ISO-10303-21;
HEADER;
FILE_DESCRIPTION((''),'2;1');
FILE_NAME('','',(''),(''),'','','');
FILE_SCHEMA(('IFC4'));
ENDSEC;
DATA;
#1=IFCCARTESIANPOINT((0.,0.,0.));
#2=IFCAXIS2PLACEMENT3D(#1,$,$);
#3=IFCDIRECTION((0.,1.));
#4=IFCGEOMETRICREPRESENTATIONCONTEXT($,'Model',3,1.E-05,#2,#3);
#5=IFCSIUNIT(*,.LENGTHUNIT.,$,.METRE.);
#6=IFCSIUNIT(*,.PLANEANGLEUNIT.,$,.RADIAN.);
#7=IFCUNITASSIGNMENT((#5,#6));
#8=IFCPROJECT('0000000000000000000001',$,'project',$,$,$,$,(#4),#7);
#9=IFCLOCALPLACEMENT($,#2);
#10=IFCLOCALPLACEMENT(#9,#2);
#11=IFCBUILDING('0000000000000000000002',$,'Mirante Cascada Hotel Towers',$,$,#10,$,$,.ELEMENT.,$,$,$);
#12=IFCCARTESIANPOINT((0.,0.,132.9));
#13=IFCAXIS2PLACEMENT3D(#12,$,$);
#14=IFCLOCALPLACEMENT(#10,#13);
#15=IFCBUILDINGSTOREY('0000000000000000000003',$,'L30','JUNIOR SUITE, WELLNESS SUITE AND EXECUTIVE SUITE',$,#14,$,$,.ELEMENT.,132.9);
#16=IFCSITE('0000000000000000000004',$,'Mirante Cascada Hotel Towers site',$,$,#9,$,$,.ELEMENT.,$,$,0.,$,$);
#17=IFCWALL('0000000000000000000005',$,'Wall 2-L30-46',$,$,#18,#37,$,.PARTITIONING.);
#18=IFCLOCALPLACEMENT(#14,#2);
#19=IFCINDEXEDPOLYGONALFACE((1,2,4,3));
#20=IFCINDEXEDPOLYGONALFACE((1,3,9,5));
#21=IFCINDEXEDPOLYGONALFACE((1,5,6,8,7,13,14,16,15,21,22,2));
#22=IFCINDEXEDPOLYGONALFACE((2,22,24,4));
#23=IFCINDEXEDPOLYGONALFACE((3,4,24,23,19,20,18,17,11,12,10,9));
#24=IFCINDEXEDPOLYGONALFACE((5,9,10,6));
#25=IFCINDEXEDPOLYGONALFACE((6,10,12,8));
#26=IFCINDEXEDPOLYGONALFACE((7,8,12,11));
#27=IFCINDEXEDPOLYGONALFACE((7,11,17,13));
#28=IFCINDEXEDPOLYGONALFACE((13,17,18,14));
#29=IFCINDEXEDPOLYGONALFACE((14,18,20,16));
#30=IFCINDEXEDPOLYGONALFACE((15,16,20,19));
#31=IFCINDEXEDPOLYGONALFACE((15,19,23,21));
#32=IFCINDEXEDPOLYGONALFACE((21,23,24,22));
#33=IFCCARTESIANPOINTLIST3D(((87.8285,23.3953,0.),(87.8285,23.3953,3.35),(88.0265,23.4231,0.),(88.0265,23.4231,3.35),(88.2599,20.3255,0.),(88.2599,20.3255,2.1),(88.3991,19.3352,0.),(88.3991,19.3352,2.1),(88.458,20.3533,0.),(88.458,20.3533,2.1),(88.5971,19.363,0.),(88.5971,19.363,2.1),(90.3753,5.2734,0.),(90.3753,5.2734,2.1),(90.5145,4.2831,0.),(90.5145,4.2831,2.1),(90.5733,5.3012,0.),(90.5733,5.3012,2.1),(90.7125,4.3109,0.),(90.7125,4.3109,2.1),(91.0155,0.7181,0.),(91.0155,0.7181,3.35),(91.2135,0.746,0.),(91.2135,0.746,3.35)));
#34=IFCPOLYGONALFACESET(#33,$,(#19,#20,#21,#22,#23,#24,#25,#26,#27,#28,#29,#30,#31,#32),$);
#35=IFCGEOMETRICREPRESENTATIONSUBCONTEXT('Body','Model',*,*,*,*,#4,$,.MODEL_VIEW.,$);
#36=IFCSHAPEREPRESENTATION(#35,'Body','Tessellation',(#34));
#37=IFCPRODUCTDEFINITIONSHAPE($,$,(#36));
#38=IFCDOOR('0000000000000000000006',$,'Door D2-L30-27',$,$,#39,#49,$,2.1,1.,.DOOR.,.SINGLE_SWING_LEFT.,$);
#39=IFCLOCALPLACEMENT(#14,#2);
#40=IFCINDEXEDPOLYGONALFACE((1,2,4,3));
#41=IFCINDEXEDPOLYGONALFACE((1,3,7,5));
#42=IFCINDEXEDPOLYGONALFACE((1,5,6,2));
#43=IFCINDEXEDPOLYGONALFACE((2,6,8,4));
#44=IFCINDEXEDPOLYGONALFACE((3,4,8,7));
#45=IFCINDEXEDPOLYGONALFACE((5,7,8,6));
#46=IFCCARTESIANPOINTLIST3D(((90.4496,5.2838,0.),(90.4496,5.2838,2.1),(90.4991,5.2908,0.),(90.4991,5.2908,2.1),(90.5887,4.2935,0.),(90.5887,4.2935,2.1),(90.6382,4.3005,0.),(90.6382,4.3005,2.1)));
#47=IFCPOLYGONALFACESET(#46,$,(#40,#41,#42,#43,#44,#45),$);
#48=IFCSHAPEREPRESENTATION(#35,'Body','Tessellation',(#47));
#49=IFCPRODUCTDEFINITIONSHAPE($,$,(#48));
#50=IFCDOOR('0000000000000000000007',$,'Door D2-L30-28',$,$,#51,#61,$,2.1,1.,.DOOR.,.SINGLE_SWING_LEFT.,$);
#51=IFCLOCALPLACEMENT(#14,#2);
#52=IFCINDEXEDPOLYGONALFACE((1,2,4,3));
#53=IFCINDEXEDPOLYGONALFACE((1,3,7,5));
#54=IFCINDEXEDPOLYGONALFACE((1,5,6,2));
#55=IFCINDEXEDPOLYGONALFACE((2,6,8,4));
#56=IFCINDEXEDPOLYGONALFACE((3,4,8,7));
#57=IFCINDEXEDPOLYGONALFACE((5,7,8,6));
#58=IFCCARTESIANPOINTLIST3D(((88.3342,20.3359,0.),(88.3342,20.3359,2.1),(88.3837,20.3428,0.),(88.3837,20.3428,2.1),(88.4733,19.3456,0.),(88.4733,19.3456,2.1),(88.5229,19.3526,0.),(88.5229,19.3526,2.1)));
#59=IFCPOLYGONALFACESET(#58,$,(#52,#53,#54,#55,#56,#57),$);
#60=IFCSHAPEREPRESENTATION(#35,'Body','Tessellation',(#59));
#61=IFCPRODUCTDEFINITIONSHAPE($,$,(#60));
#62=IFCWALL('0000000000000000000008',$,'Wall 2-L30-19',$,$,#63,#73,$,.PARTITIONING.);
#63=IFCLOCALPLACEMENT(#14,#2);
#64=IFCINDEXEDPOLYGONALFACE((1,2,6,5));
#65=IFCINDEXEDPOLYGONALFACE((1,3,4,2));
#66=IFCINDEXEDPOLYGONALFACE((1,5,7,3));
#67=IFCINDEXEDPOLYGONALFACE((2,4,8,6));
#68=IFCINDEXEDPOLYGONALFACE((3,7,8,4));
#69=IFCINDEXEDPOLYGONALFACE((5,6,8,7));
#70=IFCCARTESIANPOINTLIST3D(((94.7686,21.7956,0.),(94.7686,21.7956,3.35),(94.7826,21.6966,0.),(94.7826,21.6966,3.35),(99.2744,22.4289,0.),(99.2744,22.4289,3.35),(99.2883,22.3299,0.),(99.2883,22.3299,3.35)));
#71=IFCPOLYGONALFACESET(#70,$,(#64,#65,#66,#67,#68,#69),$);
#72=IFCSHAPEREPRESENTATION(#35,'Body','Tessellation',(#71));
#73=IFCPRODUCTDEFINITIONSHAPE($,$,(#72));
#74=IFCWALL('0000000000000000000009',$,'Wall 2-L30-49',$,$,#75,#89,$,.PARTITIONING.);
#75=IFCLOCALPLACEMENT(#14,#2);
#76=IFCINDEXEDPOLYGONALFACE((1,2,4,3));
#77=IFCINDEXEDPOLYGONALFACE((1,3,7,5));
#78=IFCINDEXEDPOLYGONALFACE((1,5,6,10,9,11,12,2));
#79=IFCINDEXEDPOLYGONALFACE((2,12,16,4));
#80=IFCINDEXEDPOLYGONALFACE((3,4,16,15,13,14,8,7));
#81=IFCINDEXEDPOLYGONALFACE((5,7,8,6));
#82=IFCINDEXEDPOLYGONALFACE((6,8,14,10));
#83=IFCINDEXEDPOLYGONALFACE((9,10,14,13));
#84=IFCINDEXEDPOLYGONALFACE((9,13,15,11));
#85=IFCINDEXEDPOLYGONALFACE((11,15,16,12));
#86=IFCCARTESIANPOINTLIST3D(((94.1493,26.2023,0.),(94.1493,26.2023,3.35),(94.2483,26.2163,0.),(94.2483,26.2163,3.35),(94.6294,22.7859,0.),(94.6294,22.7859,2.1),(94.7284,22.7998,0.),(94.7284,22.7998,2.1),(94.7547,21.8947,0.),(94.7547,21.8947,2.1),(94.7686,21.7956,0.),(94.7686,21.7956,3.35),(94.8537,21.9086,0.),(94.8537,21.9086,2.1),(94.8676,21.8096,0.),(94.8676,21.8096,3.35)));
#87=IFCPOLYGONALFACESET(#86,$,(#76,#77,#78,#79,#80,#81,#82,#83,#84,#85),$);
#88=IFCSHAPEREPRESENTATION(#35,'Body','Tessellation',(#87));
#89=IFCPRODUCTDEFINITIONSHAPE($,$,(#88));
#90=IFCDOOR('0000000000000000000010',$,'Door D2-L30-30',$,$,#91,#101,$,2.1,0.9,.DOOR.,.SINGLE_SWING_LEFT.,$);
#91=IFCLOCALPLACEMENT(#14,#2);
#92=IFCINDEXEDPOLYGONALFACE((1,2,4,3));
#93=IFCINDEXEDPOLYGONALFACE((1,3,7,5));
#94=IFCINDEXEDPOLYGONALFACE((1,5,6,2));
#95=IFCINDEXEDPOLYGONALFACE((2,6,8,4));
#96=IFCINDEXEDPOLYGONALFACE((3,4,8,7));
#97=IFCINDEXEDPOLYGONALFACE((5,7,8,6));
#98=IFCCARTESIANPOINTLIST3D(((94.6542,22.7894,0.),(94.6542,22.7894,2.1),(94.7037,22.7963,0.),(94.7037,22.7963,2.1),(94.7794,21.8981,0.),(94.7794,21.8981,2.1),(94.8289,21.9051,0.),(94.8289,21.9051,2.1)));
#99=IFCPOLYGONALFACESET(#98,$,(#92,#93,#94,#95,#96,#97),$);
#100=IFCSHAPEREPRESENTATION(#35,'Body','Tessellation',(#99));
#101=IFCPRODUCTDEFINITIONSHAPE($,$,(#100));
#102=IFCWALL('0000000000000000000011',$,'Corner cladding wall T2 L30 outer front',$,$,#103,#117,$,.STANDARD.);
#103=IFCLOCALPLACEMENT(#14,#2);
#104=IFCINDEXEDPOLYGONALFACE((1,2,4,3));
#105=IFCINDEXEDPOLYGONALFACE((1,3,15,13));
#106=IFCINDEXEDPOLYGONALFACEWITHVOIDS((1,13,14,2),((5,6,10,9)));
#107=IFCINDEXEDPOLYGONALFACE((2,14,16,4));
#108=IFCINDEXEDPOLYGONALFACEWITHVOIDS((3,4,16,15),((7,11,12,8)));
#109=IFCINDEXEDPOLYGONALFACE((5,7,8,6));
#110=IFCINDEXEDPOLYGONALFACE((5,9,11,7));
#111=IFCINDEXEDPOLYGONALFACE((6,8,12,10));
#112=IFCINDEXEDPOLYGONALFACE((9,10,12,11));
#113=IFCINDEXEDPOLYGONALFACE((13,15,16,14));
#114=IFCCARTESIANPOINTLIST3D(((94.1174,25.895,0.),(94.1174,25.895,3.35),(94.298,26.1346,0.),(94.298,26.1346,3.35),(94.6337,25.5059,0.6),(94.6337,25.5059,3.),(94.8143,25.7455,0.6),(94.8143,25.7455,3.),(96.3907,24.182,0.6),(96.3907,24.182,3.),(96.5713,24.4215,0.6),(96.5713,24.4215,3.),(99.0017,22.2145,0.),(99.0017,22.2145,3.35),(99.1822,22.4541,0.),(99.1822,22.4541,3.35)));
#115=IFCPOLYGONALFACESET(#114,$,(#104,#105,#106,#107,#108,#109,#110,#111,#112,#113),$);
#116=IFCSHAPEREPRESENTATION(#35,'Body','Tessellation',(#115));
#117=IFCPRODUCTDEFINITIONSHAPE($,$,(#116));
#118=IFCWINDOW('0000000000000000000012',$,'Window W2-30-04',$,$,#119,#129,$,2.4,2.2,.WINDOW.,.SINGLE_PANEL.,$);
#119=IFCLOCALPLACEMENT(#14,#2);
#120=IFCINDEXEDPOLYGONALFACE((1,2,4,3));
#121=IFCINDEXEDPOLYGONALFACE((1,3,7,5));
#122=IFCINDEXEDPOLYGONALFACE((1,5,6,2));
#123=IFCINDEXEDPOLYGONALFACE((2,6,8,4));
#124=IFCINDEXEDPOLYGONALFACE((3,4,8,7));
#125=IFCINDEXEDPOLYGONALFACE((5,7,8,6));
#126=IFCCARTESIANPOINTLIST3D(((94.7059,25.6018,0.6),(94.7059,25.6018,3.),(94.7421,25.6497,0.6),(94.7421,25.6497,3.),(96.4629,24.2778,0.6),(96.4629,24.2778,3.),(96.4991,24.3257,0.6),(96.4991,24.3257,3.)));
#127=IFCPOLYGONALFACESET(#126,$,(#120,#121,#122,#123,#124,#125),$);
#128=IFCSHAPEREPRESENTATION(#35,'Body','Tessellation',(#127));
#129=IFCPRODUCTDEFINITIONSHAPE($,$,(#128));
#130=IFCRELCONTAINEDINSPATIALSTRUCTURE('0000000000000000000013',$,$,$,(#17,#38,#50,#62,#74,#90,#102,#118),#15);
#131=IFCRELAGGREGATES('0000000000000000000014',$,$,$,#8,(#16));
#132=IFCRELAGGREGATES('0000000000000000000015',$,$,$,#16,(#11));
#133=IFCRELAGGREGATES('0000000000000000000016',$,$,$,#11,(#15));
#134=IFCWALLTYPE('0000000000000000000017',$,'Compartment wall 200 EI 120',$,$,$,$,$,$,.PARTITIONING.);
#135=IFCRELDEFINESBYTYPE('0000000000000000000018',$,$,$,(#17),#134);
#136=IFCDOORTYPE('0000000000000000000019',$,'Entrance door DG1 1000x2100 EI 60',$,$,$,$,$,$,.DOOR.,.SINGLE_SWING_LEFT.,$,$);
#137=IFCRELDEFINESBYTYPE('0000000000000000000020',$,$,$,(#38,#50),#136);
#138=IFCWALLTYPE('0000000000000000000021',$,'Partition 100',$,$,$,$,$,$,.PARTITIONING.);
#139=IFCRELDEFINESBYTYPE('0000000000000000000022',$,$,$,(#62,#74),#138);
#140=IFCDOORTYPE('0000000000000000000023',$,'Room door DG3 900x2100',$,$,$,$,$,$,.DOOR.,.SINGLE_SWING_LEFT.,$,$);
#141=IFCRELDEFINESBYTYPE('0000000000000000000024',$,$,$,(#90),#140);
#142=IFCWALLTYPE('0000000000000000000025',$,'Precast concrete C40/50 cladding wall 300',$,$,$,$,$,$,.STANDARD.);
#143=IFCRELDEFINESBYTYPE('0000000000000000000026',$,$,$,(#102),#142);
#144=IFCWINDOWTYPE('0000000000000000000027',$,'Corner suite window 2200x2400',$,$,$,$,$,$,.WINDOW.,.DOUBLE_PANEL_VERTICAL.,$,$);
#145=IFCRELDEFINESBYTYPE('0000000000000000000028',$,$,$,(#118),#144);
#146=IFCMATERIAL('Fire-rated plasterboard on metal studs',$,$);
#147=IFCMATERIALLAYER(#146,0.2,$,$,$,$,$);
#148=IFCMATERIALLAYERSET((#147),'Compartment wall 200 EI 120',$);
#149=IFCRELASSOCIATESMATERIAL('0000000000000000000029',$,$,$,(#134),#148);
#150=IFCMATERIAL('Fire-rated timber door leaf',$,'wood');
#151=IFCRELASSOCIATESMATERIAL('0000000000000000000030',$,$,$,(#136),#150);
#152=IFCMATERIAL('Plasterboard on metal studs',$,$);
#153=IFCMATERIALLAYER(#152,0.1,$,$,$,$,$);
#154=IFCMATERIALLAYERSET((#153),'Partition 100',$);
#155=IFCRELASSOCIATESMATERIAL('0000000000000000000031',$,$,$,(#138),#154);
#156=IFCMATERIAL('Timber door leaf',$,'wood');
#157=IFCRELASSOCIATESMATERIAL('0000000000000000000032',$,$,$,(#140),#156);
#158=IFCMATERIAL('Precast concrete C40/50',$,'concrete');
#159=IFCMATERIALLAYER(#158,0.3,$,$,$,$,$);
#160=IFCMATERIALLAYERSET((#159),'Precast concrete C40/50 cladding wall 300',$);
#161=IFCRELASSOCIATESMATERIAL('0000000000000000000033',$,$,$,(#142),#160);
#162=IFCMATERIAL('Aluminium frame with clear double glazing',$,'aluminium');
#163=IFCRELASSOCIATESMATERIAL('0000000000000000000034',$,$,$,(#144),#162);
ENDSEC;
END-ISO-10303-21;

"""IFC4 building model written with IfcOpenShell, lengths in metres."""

from ifc_helpers import new_model, si_unit, direction, frame, frame_2d, origin, place, context, subcontext, project, spatial, rectangle, extrude, material, layer, layer_set, type_object, element, fill, save


model = new_model("IFC4")

# Units and contexts
model_context = context("Model", 3, precision=1e-05, world=origin(), true_north=direction((0.0, 1.0)))
body_context = subcontext(model_context, "Body", "Model", "MODEL_VIEW")
ifc_project = project(units=[si_unit("LENGTHUNIT", "METRE"), si_unit("PLANEANGLEUNIT", "RADIAN")], contexts=[model_context])

# Site, building, storey
site_placement = place(None, origin())
site = spatial("IfcSite", under=ifc_project, at=site_placement, Name="Mirante Cascada Hotel Towers site", CompositionType="ELEMENT", RefElevation=0.0)
building_placement = place(site_placement, origin())
building = spatial("IfcBuilding", under=site, at=building_placement, Name="Mirante Cascada Hotel Towers", CompositionType="ELEMENT")
storey_placement = place(building_placement, frame((0.0, 0.0, 132.9)))
storey = spatial("IfcBuildingStorey", under=building, at=storey_placement, Name="L30", Description="JUNIOR SUITE, WELLNESS SUITE AND EXECUTIVE SUITE", CompositionType="ELEMENT", Elevation=132.9)

# Wall, openings, doors
ifc_material_1 = material(Name="Fire-rated plasterboard on metal studs")
ifc_layer_1 = layer(ifc_material_1, 0.2)
ifc_layer_set_1 = layer_set([ifc_layer_1], Name="Compartment wall 200 EI 120")
wall_type_1 = type_object("IfcWallType", Name="Compartment wall 200 EI 120", PredefinedType="PARTITIONING", material=ifc_layer_set_1)
wall_1_placement = place(storey_placement, frame((87.9275, 23.4092, 0.0), z_axis=(0.0, 0.0, 1.0), x_axis=(0.139171, -0.990268, 0.0)))
wall_1 = element("IfcWall", 1, at=wall_1_placement, inside=storey, type_object=wall_type_1, Name="Wall 2-L30-46", PredefinedType="PARTITIONING", context=body_context, shape_type="SweptSolid", body=[
    extrude(rectangle(XDim=22.9, YDim=0.2, at=frame_2d((11.45, 0.0))), origin(), (0.0, 0.0, 1.0), 3.35),
])
opening_1_placement = place(wall_1_placement, frame((18.3, 0.0, 0.0)))
opening_1 = element("IfcOpeningElement", 2, at=opening_1_placement, cuts=wall_1, PredefinedType="OPENING", context=body_context, shape_type="SweptSolid", body=[
    extrude(rectangle(XDim=1.0, YDim=2.1, at=frame_2d((0.5, 1.05))), frame((0.0, 0.1, 0.0), z_axis=(0.0, -1.0, 0.0), x_axis=(1.0, 0.0, 0.0)), (0.0, 0.0, 1.0), 0.2),
])
opening_2_placement = place(wall_1_placement, frame((3.1, 0.0, 0.0)))
opening_2 = element("IfcOpeningElement", 3, at=opening_2_placement, cuts=wall_1, PredefinedType="OPENING", context=body_context, shape_type="SweptSolid", body=[
    extrude(rectangle(XDim=1.0, YDim=2.1, at=frame_2d((0.5, 1.05))), frame((0.0, 0.1, 0.0), z_axis=(0.0, -1.0, 0.0), x_axis=(1.0, 0.0, 0.0)), (0.0, 0.0, 1.0), 0.2),
])
ifc_material_2 = material(Name="Fire-rated timber door leaf", Category="wood")
door_type_1 = type_object("IfcDoorType", Name="Entrance door DG1 1000x2100 EI 60", OperationType="SINGLE_SWING_LEFT", PredefinedType="DOOR", material=ifc_material_2)
door_1_placement = place(opening_1_placement, origin())
door_1 = element("IfcDoor", 4, at=door_1_placement, inside=storey, type_object=door_type_1, Name="Door D2-L30-27", OperationType="SINGLE_SWING_LEFT", OverallHeight=2.1, OverallWidth=1.0, PredefinedType="DOOR", context=body_context, shape_type="SweptSolid", body=[
    extrude(rectangle(XDim=1.0, YDim=2.1, at=frame_2d((0.5, 1.05))), frame((0.0, 0.025, 0.0), z_axis=(0.0, -1.0, 0.0), x_axis=(1.0, 0.0, 0.0)), (0.0, 0.0, 1.0), 0.05),
])
fill(opening_1, door_1)
door_2_placement = place(opening_2_placement, origin())
door_2 = element("IfcDoor", 5, at=door_2_placement, inside=storey, type_object=door_type_1, Name="Door D2-L30-28", OperationType="SINGLE_SWING_LEFT", OverallHeight=2.1, OverallWidth=1.0, PredefinedType="DOOR", context=body_context, shape_type="SweptSolid", body=[
    extrude(rectangle(XDim=1.0, YDim=2.1, at=frame_2d((0.5, 1.05))), frame((0.0, 0.025, 0.0), z_axis=(0.0, -1.0, 0.0), x_axis=(1.0, 0.0, 0.0)), (0.0, 0.0, 1.0), 0.05),
])
fill(opening_2, door_2)

# Wall
ifc_material_3 = material(Name="Plasterboard on metal studs")
ifc_layer_2 = layer(ifc_material_3, 0.1)
ifc_layer_set_2 = layer_set([ifc_layer_2], Name="Partition 100")
wall_type_2 = type_object("IfcWallType", Name="Partition 100", PredefinedType="PARTITIONING", material=ifc_layer_set_2)
wall_2_placement = place(storey_placement, frame((94.7756, 21.7461, 0.0), z_axis=(0.0, 0.0, 1.0), x_axis=(0.990266, 0.139187, 0.0)))
element("IfcWall", 6, at=wall_2_placement, inside=storey, type_object=wall_type_2, Name="Wall 2-L30-19", PredefinedType="PARTITIONING", context=body_context, shape_type="SweptSolid", body=[
    extrude(rectangle(XDim=4.55, YDim=0.1, at=frame_2d((2.275, 0.0))), origin(), (0.0, 0.0, 1.0), 3.35),
])

# Wall, opening, door
wall_3_placement = place(storey_placement, frame((94.8181, 21.8026, 0.0), z_axis=(0.0, 0.0, 1.0), x_axis=(-0.139168, 0.990269, 0.0)))
wall_3 = element("IfcWall", 7, at=wall_3_placement, inside=storey, type_object=wall_type_2, Name="Wall 2-L30-49", PredefinedType="PARTITIONING", context=body_context, shape_type="SweptSolid", body=[
    extrude(rectangle(XDim=4.45, YDim=0.1, at=frame_2d((2.225, 0.0))), origin(), (0.0, 0.0, 1.0), 3.35),
])
opening_3_placement = place(wall_3_placement, frame((0.1, 0.0, 0.0)))
opening_3 = element("IfcOpeningElement", 8, at=opening_3_placement, cuts=wall_3, PredefinedType="OPENING", context=body_context, shape_type="SweptSolid", body=[
    extrude(rectangle(XDim=0.9, YDim=2.1, at=frame_2d((0.45, 1.05))), frame((0.0, 0.05, 0.0), z_axis=(0.0, -1.0, 0.0), x_axis=(1.0, 0.0, 0.0)), (0.0, 0.0, 1.0), 0.1),
])
ifc_material_4 = material(Name="Timber door leaf", Category="wood")
door_type_2 = type_object("IfcDoorType", Name="Room door DG3 900x2100", OperationType="SINGLE_SWING_LEFT", PredefinedType="DOOR", material=ifc_material_4)
door_3_placement = place(opening_3_placement, origin())
door_3 = element("IfcDoor", 9, at=door_3_placement, inside=storey, type_object=door_type_2, Name="Door D2-L30-30", OperationType="SINGLE_SWING_LEFT", OverallHeight=2.1, OverallWidth=0.9, PredefinedType="DOOR", context=body_context, shape_type="SweptSolid", body=[
    extrude(rectangle(XDim=0.9, YDim=2.1, at=frame_2d((0.45, 1.05))), frame((0.0, 0.025, 0.0), z_axis=(0.0, -1.0, 0.0), x_axis=(1.0, 0.0, 0.0)), (0.0, 0.0, 1.0), 0.05),
])
fill(opening_3, door_3)

# Wall, opening, window
ifc_material_5 = material(Name="Precast concrete C40/50", Category="concrete")
ifc_layer_3 = layer(ifc_material_5, 0.3)
ifc_layer_set_3 = layer_set([ifc_layer_3], Name="Precast concrete C40/50 cladding wall 300")
wall_type_3 = type_object("IfcWallType", Name="Precast concrete C40/50 cladding wall 300", PredefinedType="STANDARD", material=ifc_layer_set_3)
wall_4_placement = place(storey_placement, frame((99.0919, 22.3343, 0.0), z_axis=(0.0, 0.0, 1.0), x_axis=(-0.798636, 0.601814, 0.0)))
wall_4 = element("IfcWall", 10, at=wall_4_placement, inside=storey, type_object=wall_type_3, Name="Corner cladding wall T2 L30 outer front", PredefinedType="STANDARD", context=body_context, shape_type="SweptSolid", body=[
    extrude(rectangle(XDim=6.1157, YDim=0.3, at=frame_2d((3.0578, 0.0))), origin(), (0.0, 0.0, 1.0), 3.35),
])
opening_4_placement = place(wall_4_placement, frame((3.2692, 0.0, 0.6)))
opening_4 = element("IfcOpeningElement", 11, at=opening_4_placement, cuts=wall_4, PredefinedType="OPENING", context=body_context, shape_type="SweptSolid", body=[
    extrude(rectangle(XDim=2.2, YDim=2.4, at=frame_2d((1.1, 1.2))), frame((0.0, 0.15, 0.0), z_axis=(0.0, -1.0, 0.0), x_axis=(1.0, 0.0, 0.0)), (0.0, 0.0, 1.0), 0.3),
])
ifc_material_6 = material(Name="Aluminium frame with clear double glazing", Category="aluminium")
window_type = type_object("IfcWindowType", Name="Corner suite window 2200x2400", PartitioningType="DOUBLE_PANEL_VERTICAL", PredefinedType="WINDOW", material=ifc_material_6)
window_placement = place(opening_4_placement, origin())
window = element("IfcWindow", 12, at=window_placement, inside=storey, type_object=window_type, Name="Window W2-30-04", OverallHeight=2.4, OverallWidth=2.2, PartitioningType="SINGLE_PANEL", PredefinedType="WINDOW", context=body_context, shape_type="SweptSolid", body=[
    extrude(rectangle(XDim=2.2, YDim=2.4, at=frame_2d((1.1, 1.2))), frame((0.0, 0.03, 0.0), z_axis=(0.0, -1.0, 0.0), x_axis=(1.0, 0.0, 0.0)), (0.0, 0.0, 1.0), 0.06),
])
fill(opening_4, window)

save(model, "model.ifc")
